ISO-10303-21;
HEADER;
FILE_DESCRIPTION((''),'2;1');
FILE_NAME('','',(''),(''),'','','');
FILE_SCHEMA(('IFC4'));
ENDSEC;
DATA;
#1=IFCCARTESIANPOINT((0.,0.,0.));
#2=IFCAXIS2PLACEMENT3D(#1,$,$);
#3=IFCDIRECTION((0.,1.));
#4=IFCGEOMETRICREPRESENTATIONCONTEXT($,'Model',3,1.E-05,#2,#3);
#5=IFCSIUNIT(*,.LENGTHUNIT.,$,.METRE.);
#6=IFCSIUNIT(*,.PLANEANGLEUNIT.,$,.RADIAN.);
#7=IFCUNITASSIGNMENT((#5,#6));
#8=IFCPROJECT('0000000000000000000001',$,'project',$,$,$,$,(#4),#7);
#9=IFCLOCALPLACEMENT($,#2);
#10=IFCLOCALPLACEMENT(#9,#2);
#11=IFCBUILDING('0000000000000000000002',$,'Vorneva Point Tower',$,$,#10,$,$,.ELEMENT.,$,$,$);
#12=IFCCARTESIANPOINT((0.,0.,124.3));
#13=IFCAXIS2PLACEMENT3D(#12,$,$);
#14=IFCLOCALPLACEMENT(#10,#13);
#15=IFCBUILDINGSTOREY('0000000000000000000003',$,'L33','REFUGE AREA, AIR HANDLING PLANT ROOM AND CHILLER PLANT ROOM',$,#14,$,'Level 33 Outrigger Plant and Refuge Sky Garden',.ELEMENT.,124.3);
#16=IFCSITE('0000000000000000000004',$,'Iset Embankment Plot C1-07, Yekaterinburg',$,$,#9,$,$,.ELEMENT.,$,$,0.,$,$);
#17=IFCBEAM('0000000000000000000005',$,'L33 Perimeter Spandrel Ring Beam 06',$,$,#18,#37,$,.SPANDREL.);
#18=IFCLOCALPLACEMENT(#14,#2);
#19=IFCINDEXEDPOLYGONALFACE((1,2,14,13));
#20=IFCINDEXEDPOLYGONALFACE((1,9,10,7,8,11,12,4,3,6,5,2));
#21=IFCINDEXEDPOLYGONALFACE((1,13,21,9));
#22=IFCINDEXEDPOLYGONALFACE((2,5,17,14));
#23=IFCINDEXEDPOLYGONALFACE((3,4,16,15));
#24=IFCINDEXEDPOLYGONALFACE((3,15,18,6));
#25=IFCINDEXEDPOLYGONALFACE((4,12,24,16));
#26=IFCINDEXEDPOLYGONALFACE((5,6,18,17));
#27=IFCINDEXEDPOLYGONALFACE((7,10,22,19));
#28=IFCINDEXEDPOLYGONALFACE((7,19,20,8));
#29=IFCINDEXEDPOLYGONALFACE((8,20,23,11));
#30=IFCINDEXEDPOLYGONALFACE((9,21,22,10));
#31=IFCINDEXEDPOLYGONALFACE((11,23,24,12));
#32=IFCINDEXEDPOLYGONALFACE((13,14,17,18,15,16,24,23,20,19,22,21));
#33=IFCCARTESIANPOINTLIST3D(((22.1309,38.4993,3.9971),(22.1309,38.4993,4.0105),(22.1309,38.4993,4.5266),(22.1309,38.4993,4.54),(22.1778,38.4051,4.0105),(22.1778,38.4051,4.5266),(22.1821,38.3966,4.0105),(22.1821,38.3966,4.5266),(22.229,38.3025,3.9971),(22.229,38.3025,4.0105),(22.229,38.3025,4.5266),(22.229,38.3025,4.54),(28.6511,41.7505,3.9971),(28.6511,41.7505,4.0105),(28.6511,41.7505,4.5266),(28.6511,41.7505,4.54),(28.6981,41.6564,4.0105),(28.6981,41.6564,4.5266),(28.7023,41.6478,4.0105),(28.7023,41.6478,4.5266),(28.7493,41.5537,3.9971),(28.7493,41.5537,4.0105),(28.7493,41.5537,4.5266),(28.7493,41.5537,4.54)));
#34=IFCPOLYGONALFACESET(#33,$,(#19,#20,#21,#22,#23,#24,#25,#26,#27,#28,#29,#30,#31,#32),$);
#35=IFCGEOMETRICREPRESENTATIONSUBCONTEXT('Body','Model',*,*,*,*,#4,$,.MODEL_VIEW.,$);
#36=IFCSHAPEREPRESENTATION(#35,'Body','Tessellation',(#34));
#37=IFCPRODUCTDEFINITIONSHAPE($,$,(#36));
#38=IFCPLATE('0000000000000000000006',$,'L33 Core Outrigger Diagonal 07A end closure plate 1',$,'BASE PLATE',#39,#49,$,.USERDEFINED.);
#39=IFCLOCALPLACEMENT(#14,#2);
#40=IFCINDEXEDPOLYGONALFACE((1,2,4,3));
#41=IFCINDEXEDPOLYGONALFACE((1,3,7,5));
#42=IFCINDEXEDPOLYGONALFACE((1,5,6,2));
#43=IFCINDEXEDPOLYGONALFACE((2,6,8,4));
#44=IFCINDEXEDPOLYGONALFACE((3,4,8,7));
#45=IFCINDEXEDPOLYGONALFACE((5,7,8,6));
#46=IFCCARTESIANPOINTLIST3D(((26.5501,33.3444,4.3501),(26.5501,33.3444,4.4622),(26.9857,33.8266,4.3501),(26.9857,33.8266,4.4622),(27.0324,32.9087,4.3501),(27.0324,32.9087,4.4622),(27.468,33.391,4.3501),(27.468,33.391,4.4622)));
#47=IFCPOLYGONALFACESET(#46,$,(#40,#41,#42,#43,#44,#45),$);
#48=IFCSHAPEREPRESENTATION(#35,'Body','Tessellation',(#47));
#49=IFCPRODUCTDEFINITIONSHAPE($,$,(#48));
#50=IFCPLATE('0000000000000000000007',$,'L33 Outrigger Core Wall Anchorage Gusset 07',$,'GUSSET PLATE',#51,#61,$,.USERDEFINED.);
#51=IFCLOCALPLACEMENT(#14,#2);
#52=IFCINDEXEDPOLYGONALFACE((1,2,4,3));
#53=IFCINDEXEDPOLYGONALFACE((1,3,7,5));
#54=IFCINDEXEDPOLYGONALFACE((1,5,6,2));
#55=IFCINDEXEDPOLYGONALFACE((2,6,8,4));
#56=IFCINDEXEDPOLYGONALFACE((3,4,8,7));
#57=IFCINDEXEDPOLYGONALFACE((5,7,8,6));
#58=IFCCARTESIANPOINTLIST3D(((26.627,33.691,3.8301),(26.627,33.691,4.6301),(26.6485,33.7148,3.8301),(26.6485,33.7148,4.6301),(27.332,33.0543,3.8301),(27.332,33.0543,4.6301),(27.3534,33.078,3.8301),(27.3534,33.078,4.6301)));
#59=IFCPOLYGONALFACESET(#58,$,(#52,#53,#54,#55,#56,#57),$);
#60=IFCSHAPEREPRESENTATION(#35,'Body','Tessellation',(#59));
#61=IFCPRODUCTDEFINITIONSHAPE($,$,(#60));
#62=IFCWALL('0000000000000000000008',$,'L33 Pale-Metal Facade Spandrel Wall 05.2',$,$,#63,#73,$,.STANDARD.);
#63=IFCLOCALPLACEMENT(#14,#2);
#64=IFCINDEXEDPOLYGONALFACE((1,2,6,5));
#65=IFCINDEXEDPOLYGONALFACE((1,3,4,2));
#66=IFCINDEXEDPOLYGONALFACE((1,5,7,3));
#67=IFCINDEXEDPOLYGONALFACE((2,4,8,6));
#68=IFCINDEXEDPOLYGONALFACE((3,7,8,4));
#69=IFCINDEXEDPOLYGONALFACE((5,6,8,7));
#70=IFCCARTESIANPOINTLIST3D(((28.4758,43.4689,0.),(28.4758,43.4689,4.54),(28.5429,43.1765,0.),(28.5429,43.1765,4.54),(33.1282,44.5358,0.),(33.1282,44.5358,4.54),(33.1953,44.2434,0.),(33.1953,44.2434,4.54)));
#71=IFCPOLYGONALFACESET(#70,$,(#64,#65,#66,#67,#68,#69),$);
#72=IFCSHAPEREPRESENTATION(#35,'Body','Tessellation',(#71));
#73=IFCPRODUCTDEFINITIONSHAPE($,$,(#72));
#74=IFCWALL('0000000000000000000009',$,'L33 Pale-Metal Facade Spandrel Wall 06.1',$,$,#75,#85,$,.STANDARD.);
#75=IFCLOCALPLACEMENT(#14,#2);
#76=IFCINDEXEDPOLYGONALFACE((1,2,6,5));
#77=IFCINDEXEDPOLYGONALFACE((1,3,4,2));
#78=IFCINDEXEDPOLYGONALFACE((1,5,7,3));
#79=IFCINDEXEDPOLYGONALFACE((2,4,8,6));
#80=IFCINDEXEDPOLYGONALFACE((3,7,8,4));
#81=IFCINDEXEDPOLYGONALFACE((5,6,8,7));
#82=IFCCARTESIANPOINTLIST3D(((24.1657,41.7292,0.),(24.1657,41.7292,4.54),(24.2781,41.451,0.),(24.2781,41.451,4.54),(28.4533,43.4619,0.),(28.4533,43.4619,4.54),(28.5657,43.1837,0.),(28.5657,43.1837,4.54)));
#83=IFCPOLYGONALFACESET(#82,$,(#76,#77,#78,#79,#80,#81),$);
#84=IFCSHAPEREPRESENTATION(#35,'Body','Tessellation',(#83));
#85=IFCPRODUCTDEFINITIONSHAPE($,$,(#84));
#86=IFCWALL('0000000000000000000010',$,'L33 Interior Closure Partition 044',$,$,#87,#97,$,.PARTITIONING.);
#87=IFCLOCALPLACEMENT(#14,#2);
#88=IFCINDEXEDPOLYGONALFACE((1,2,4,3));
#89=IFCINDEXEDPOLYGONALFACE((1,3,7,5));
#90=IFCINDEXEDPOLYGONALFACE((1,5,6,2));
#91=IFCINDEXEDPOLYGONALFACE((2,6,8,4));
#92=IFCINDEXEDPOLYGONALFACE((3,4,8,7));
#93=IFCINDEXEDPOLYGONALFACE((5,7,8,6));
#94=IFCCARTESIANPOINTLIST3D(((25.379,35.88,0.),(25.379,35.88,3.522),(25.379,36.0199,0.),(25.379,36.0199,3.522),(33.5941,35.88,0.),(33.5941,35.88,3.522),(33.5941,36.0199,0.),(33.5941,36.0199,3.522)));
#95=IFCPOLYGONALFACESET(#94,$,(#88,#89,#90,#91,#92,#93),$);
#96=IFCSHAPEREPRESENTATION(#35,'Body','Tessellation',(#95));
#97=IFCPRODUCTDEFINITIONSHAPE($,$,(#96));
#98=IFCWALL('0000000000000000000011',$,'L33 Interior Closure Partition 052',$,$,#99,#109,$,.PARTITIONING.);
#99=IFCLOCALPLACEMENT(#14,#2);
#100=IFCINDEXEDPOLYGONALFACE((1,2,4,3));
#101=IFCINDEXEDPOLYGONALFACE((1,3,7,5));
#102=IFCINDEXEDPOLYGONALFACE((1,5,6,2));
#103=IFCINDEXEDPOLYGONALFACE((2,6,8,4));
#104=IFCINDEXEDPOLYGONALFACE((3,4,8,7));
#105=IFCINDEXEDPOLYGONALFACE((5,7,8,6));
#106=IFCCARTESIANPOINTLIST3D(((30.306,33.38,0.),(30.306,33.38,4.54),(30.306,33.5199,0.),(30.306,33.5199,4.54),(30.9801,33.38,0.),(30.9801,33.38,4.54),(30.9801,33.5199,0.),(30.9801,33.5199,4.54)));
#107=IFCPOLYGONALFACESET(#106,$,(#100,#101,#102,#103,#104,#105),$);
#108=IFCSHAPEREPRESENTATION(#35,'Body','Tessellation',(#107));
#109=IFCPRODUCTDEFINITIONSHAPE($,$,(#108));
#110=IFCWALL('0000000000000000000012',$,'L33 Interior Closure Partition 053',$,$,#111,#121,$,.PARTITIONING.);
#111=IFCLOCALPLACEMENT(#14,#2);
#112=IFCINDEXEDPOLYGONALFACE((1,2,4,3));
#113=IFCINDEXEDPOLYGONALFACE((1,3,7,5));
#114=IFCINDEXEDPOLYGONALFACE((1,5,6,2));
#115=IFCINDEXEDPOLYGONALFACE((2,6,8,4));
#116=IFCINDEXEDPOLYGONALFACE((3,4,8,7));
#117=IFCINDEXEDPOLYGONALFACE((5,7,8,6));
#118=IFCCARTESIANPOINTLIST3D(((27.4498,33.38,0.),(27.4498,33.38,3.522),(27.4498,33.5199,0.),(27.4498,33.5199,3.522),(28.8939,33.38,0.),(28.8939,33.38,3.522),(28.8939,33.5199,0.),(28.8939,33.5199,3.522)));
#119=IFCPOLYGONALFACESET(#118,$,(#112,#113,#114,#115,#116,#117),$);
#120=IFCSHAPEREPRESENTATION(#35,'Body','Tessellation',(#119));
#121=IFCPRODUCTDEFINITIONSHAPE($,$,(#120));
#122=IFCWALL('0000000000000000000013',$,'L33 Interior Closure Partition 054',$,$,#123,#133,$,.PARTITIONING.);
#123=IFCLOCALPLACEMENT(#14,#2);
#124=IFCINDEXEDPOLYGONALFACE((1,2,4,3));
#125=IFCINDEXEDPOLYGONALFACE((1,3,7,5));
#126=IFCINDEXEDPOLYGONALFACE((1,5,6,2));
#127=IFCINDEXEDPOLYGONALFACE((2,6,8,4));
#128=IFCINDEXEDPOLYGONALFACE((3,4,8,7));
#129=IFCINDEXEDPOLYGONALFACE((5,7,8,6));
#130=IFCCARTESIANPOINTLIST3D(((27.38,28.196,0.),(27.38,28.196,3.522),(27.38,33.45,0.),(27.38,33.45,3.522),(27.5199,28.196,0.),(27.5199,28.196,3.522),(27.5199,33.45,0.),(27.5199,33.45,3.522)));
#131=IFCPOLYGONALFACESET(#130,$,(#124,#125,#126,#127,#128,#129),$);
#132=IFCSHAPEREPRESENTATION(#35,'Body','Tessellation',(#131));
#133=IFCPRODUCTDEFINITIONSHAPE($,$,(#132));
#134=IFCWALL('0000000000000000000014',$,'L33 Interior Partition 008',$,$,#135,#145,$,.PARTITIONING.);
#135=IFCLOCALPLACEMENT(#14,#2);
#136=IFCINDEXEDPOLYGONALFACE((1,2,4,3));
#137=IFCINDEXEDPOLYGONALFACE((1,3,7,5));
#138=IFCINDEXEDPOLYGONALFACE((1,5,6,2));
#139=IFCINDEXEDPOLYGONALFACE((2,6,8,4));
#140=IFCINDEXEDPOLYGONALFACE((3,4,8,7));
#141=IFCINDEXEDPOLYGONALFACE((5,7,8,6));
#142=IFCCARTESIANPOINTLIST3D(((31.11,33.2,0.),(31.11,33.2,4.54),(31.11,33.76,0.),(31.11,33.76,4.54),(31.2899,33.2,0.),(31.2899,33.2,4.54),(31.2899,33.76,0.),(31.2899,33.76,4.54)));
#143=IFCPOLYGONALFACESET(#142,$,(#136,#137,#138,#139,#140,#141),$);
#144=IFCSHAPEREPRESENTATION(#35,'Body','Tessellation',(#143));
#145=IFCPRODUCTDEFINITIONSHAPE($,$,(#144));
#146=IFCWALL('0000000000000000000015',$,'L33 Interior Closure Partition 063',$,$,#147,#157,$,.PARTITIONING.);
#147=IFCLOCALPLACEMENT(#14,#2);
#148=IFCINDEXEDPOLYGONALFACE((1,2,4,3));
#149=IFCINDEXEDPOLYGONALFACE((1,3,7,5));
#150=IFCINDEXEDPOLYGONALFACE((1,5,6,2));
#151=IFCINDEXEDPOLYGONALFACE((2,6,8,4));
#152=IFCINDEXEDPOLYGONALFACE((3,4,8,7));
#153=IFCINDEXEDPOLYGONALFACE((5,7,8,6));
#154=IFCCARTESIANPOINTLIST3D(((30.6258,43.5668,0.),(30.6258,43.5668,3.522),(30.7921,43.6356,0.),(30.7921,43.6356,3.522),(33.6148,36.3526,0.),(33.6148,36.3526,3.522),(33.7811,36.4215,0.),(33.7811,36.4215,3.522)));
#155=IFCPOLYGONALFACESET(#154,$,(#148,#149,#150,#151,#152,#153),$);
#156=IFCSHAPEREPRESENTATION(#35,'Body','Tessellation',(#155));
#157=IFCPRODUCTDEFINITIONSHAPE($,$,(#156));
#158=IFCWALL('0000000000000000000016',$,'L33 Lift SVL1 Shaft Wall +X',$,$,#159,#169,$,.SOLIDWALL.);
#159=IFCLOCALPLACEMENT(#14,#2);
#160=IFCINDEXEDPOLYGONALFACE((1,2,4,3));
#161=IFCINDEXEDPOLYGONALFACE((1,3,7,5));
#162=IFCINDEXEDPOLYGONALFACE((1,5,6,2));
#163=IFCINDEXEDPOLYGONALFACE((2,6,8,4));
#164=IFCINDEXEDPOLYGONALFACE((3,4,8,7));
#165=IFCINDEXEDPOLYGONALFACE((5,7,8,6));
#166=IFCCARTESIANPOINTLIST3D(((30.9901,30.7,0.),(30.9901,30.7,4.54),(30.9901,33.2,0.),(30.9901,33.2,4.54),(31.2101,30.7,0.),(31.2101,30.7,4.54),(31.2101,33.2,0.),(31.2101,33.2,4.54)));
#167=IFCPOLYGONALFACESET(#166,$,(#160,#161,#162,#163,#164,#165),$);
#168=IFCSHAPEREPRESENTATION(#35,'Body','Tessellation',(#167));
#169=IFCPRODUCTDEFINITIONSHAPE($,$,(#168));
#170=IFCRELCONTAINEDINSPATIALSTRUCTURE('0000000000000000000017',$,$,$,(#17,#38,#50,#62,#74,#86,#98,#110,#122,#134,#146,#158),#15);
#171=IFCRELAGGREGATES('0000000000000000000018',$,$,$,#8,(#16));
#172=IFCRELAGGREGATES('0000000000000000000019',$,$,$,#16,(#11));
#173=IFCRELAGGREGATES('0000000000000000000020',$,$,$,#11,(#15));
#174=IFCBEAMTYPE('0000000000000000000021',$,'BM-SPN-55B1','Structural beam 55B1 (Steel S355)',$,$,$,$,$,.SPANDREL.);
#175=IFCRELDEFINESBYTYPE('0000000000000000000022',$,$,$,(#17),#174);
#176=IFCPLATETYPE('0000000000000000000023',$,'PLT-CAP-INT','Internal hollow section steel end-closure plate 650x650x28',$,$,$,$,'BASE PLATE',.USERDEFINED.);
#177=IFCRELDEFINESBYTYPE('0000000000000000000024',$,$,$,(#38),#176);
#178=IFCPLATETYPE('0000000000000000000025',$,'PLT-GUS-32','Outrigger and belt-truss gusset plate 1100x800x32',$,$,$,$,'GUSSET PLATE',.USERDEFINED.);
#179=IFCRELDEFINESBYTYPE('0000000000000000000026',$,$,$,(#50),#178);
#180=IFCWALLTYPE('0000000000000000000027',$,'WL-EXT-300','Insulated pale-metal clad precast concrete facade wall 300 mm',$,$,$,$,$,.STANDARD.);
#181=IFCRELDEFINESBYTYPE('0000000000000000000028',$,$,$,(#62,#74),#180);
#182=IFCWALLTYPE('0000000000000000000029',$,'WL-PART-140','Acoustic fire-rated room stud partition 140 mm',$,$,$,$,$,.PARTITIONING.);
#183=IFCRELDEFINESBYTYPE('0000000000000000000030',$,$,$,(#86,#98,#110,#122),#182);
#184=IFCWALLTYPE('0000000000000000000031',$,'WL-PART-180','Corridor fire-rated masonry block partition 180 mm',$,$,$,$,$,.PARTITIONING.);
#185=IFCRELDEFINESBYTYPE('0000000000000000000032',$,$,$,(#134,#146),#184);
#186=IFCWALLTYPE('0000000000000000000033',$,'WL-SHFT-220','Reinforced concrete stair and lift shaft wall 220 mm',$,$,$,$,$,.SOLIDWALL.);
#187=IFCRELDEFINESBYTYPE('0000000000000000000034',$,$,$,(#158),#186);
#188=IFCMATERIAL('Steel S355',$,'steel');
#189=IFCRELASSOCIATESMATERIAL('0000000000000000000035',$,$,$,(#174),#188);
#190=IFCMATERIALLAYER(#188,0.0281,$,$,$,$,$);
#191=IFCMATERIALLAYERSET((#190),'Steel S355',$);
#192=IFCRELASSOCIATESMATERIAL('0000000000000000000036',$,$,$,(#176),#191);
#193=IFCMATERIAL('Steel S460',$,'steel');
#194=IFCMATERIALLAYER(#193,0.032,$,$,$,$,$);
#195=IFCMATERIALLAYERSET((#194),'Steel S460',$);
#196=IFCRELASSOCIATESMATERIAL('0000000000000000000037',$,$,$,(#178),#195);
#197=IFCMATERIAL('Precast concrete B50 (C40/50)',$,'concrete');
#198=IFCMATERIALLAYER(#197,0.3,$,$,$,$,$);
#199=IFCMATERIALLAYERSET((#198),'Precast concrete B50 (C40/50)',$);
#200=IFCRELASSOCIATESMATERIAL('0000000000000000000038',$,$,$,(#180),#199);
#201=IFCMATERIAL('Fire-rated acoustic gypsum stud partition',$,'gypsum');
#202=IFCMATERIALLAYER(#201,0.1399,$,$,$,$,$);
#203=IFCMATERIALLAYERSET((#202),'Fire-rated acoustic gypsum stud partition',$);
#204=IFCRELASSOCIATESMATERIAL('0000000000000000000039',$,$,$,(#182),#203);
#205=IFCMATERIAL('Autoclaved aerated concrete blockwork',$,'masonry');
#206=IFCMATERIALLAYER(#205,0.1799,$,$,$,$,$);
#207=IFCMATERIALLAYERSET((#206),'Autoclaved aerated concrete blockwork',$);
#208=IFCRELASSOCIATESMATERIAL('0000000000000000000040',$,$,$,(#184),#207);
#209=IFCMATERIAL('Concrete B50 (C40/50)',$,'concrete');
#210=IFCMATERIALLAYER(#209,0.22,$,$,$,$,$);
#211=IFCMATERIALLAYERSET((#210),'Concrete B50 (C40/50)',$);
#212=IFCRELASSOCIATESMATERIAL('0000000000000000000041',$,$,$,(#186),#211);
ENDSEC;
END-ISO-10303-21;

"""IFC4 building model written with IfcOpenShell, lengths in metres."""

from ifc_helpers import new_model, si_unit, direction, frame, frame_2d, origin, origin_2d, place, context, subcontext, project, spatial, rectangle, i_section, extrude, material, layer, layer_set, material_profile, profile_set, type_object, element, save


model = new_model("IFC4")

# Units and contexts
model_context = context("Model", 3, precision=1e-05, world=origin(), true_north=direction((0.0, 1.0)))
body_context = subcontext(model_context, "Body", "Model", "MODEL_VIEW")
ifc_project = project(units=[si_unit("LENGTHUNIT", "METRE"), si_unit("PLANEANGLEUNIT", "RADIAN")], contexts=[model_context])

# Site, building, storey
site_placement = place(None, origin())
site = spatial("IfcSite", under=ifc_project, at=site_placement, Name="Iset Embankment Plot C1-07, Yekaterinburg", CompositionType="ELEMENT", RefElevation=0.0)
building_placement = place(site_placement, origin())
building = spatial("IfcBuilding", under=site, at=building_placement, Name="Vorneva Point Tower", CompositionType="ELEMENT")
storey_placement = place(building_placement, frame((0.0, 0.0, 124.3)))
storey = spatial("IfcBuildingStorey", under=building, at=storey_placement, Name="L33", Description="REFUGE AREA, AIR HANDLING PLANT ROOM AND CHILLER PLANT ROOM", LongName="Level 33 Outrigger Plant and Refuge Sky Garden", CompositionType="ELEMENT", Elevation=124.3)

# Beam
ifc_material_1 = material(Name="Steel S460", Category="steel")
ifc_material_2 = material(Name="Steel S355", Category="steel")
ifc_material_profile_1 = material_profile(ifc_material_2, i_section(OverallWidth=0.22, OverallDepth=0.543, WebThickness=0.0095, FlangeThickness=0.0134, at=origin_2d()), Name="55B1")
ifc_profile_set_1 = profile_set([ifc_material_profile_1], Name="Steel S355")
beam_type_1 = type_object("IfcBeamType", Name="BM-SPN-55B1", Description="Structural beam 55B1 (Steel S355)", PredefinedType="SPANDREL", material=ifc_profile_set_1)
beam_1_placement = place(storey_placement, frame((28.7002, 41.6521, 4.2686), z_axis=(-0.894916, -0.446235, 0.0), x_axis=(0.446235, -0.894916, 0.0)))
element("IfcBeam", 1, at=beam_1_placement, inside=storey, type_object=beam_type_1, Name="L33 Perimeter Spandrel Ring Beam 06", PredefinedType="SPANDREL", context=body_context, shape_type="SweptSolid", body=[
    extrude(i_section(OverallWidth=0.22, OverallDepth=0.543, WebThickness=0.0095, FlangeThickness=0.0134, at=origin_2d()), origin(), (0.0, 0.0, 1.0), 7.2859),
])

# Plates
ifc_layer_1 = layer(ifc_material_2, 0.0281)
ifc_layer_set_1 = layer_set([ifc_layer_1], Name="Steel S355")
plate_type_1 = type_object("IfcPlateType", Name="PLT-CAP-INT", Description="Internal hollow section steel end-closure plate 650x650x28", ElementType="BASE PLATE", PredefinedType="USERDEFINED", material=ifc_layer_set_1)
plate_1_placement = place(storey_placement, frame((27.009, 33.3677, 4.3501), z_axis=(0.0, 0.0, 1.0), x_axis=(-0.742081, 0.67031, 0.0)))
element("IfcPlate", 2, at=plate_1_placement, inside=storey, type_object=plate_type_1, Name="L33 Core Outrigger Diagonal 07A end closure plate 1", ObjectType="BASE PLATE", PredefinedType="USERDEFINED", context=body_context, shape_type="SweptSolid", body=[
    extrude(rectangle(XDim=0.6499, YDim=0.6499, at=origin_2d()), origin(), (0.0, 0.0, 1.0), 0.1121),
])
ifc_layer_2 = layer(ifc_material_1, 0.032)
ifc_layer_set_2 = layer_set([ifc_layer_2], Name="Steel S460")
plate_type_2 = type_object("IfcPlateType", Name="PLT-GUS-32", Description="Outrigger and belt-truss gusset plate 1100x800x32", ElementType="GUSSET PLATE", PredefinedType="USERDEFINED", material=ifc_layer_set_2)
plate_2_placement = place(storey_placement, frame((26.9902, 33.3845, 3.8301), z_axis=(0.0, 0.0, 1.0), x_axis=(-0.742081, 0.67031, 0.0)))
element("IfcPlate", 3, at=plate_2_placement, inside=storey, type_object=plate_type_2, Name="L33 Outrigger Core Wall Anchorage Gusset 07", ObjectType="GUSSET PLATE", PredefinedType="USERDEFINED", context=body_context, shape_type="SweptSolid", body=[
    extrude(rectangle(XDim=0.95, YDim=0.032, at=origin_2d()), origin(), (0.0, 0.0, 1.0), 0.8),
])

# Walls
ifc_material_3 = material(Name="Precast concrete B50 (C40/50)", Category="concrete")
ifc_layer_3 = layer(ifc_material_3, 0.3)
ifc_layer_set_3 = layer_set([ifc_layer_3], Name="Precast concrete B50 (C40/50)")
wall_type_1 = type_object("IfcWallType", Name="WL-EXT-300", Description="Insulated pale-metal clad precast concrete facade wall 300 mm", PredefinedType="STANDARD", material=ifc_layer_set_3)
wall_1_placement = place(storey_placement, frame((33.1619, 44.3896, 0.0), z_axis=(0.0, 0.0, 1.0), x_axis=(-0.974699, -0.223522, 0.0)))
element("IfcWall", 4, at=wall_1_placement, inside=storey, type_object=wall_type_1, Name="L33 Pale-Metal Facade Spandrel Wall 05.2", PredefinedType="STANDARD", context=body_context, shape_type="SweptSolid", body=[
    extrude(rectangle(XDim=4.7732, YDim=0.3, at=frame_2d((2.3867, 0.0))), origin(), (0.0, 0.0, 1.0), 4.54),
])
wall_2_placement = place(storey_placement, frame((28.5095, 43.3228, 0.0), z_axis=(0.0, 0.0, 1.0), x_axis=(-0.927157, -0.374674, 0.0)))
element("IfcWall", 5, at=wall_2_placement, inside=storey, type_object=wall_type_1, Name="L33 Pale-Metal Facade Spandrel Wall 06.1", PredefinedType="STANDARD", context=body_context, shape_type="SweptSolid", body=[
    extrude(rectangle(XDim=4.6245, YDim=0.3, at=frame_2d((2.3123, 0.0))), origin(), (0.0, 0.0, 1.0), 4.54),
])
ifc_material_4 = material(Name="Fire-rated acoustic gypsum stud partition", Category="gypsum")
ifc_layer_4 = layer(ifc_material_4, 0.1399)
ifc_layer_set_4 = layer_set([ifc_layer_4], Name="Fire-rated acoustic gypsum stud partition")
wall_type_2 = type_object("IfcWallType", Name="WL-PART-140", Description="Acoustic fire-rated room stud partition 140 mm", PredefinedType="PARTITIONING", material=ifc_layer_set_4)
wall_3_placement = place(storey_placement, frame((33.594, 35.95, 0.0), z_axis=(0.0, 0.0, 1.0), x_axis=(-1.0, 0.0, 0.0)))
element("IfcWall", 6, at=wall_3_placement, inside=storey, type_object=wall_type_2, Name="L33 Interior Closure Partition 044", PredefinedType="PARTITIONING", context=body_context, shape_type="SweptSolid", body=[
    extrude(rectangle(XDim=8.2151, YDim=0.1399, at=frame_2d((4.1074, 0.0))), origin(), (0.0, 0.0, 1.0), 3.522),
])
wall_4_placement = place(storey_placement, frame((30.98, 33.45, 0.0), z_axis=(0.0, 0.0, 1.0), x_axis=(-1.0, 0.0, 0.0)))
element("IfcWall", 7, at=wall_4_placement, inside=storey, type_object=wall_type_2, Name="L33 Interior Closure Partition 052", PredefinedType="PARTITIONING", context=body_context, shape_type="SweptSolid", body=[
    extrude(rectangle(XDim=0.6741, YDim=0.1399, at=frame_2d((0.3369, 0.0))), origin(), (0.0, 0.0, 1.0), 4.54),
])
wall_5_placement = place(storey_placement, frame((28.894, 33.45, 0.0), z_axis=(0.0, 0.0, 1.0), x_axis=(-1.0, 0.0, 0.0)))
element("IfcWall", 8, at=wall_5_placement, inside=storey, type_object=wall_type_2, Name="L33 Interior Closure Partition 053", PredefinedType="PARTITIONING", context=body_context, shape_type="SweptSolid", body=[
    extrude(rectangle(XDim=1.4441, YDim=0.1399, at=frame_2d((0.7222, 0.0))), origin(), (0.0, 0.0, 1.0), 3.522),
])
wall_6_placement = place(storey_placement, frame((27.45, 33.45, 0.0), z_axis=(0.0, 0.0, 1.0), x_axis=(0.0, -1.0, 0.0)))
element("IfcWall", 9, at=wall_6_placement, inside=storey, type_object=wall_type_2, Name="L33 Interior Closure Partition 054", PredefinedType="PARTITIONING", context=body_context, shape_type="SweptSolid", body=[
    extrude(rectangle(XDim=5.2539, YDim=0.1399, at=frame_2d((2.627, 0.0))), origin(), (0.0, 0.0, 1.0), 3.522),
])

# Shared definitions
ifc_material_5 = material(Name="Autoclaved aerated concrete blockwork", Category="masonry")
ifc_layer_5 = layer(ifc_material_5, 0.1799)
ifc_layer_set_5 = layer_set([ifc_layer_5], Name="Autoclaved aerated concrete blockwork")
wall_type_3 = type_object("IfcWallType", Name="WL-PART-180", Description="Corridor fire-rated masonry block partition 180 mm", PredefinedType="PARTITIONING", material=ifc_layer_set_5)

# Walls
wall_7_placement = place(storey_placement, frame((31.2, 33.76, 0.0), z_axis=(0.0, 0.0, 1.0), x_axis=(0.0, -1.0, 0.0)))
element("IfcWall", 10, at=wall_7_placement, inside=storey, type_object=wall_type_3, Name="L33 Interior Partition 008", PredefinedType="PARTITIONING", context=body_context, shape_type="SweptSolid", body=[
    extrude(rectangle(XDim=0.5601, YDim=0.1799, at=frame_2d((0.28, 0.0))), origin(), (0.0, 0.0, 1.0), 4.54),
])
wall_8_placement = place(storey_placement, frame((30.709, 43.6011, 0.0), z_axis=(0.0, 0.0, 1.0), x_axis=(0.382774, -0.923842, 0.0)))
element("IfcWall", 11, at=wall_8_placement, inside=storey, type_object=wall_type_3, Name="L33 Interior Closure Partition 063", PredefinedType="PARTITIONING", context=body_context, shape_type="SweptSolid", body=[
    extrude(rectangle(XDim=7.8088, YDim=0.1799, at=frame_2d((3.9043, 0.0))), origin(), (0.0, 0.0, 1.0), 3.522),
])
ifc_material_6 = material(Name="Concrete B50 (C40/50)", Category="concrete")
ifc_layer_6 = layer(ifc_material_6, 0.22)
ifc_layer_set_6 = layer_set([ifc_layer_6], Name="Concrete B50 (C40/50)")
wall_type_4 = type_object("IfcWallType", Name="WL-SHFT-220", Description="Reinforced concrete stair and lift shaft wall 220 mm", PredefinedType="SOLIDWALL", material=ifc_layer_set_6)
wall_9_placement = place(storey_placement, frame((31.1001, 30.7, 0.0), z_axis=(0.0, 0.0, 1.0), x_axis=(0.0, 1.0, 0.0)))
element("IfcWall", 12, at=wall_9_placement, inside=storey, type_object=wall_type_4, Name="L33 Lift SVL1 Shaft Wall +X", PredefinedType="SOLIDWALL", context=body_context, shape_type="SweptSolid", body=[
    extrude(rectangle(XDim=2.5, YDim=0.22, at=frame_2d((1.25, 0.0))), origin(), (0.0, 0.0, 1.0), 4.54),
])

save(model, "model.ifc")
